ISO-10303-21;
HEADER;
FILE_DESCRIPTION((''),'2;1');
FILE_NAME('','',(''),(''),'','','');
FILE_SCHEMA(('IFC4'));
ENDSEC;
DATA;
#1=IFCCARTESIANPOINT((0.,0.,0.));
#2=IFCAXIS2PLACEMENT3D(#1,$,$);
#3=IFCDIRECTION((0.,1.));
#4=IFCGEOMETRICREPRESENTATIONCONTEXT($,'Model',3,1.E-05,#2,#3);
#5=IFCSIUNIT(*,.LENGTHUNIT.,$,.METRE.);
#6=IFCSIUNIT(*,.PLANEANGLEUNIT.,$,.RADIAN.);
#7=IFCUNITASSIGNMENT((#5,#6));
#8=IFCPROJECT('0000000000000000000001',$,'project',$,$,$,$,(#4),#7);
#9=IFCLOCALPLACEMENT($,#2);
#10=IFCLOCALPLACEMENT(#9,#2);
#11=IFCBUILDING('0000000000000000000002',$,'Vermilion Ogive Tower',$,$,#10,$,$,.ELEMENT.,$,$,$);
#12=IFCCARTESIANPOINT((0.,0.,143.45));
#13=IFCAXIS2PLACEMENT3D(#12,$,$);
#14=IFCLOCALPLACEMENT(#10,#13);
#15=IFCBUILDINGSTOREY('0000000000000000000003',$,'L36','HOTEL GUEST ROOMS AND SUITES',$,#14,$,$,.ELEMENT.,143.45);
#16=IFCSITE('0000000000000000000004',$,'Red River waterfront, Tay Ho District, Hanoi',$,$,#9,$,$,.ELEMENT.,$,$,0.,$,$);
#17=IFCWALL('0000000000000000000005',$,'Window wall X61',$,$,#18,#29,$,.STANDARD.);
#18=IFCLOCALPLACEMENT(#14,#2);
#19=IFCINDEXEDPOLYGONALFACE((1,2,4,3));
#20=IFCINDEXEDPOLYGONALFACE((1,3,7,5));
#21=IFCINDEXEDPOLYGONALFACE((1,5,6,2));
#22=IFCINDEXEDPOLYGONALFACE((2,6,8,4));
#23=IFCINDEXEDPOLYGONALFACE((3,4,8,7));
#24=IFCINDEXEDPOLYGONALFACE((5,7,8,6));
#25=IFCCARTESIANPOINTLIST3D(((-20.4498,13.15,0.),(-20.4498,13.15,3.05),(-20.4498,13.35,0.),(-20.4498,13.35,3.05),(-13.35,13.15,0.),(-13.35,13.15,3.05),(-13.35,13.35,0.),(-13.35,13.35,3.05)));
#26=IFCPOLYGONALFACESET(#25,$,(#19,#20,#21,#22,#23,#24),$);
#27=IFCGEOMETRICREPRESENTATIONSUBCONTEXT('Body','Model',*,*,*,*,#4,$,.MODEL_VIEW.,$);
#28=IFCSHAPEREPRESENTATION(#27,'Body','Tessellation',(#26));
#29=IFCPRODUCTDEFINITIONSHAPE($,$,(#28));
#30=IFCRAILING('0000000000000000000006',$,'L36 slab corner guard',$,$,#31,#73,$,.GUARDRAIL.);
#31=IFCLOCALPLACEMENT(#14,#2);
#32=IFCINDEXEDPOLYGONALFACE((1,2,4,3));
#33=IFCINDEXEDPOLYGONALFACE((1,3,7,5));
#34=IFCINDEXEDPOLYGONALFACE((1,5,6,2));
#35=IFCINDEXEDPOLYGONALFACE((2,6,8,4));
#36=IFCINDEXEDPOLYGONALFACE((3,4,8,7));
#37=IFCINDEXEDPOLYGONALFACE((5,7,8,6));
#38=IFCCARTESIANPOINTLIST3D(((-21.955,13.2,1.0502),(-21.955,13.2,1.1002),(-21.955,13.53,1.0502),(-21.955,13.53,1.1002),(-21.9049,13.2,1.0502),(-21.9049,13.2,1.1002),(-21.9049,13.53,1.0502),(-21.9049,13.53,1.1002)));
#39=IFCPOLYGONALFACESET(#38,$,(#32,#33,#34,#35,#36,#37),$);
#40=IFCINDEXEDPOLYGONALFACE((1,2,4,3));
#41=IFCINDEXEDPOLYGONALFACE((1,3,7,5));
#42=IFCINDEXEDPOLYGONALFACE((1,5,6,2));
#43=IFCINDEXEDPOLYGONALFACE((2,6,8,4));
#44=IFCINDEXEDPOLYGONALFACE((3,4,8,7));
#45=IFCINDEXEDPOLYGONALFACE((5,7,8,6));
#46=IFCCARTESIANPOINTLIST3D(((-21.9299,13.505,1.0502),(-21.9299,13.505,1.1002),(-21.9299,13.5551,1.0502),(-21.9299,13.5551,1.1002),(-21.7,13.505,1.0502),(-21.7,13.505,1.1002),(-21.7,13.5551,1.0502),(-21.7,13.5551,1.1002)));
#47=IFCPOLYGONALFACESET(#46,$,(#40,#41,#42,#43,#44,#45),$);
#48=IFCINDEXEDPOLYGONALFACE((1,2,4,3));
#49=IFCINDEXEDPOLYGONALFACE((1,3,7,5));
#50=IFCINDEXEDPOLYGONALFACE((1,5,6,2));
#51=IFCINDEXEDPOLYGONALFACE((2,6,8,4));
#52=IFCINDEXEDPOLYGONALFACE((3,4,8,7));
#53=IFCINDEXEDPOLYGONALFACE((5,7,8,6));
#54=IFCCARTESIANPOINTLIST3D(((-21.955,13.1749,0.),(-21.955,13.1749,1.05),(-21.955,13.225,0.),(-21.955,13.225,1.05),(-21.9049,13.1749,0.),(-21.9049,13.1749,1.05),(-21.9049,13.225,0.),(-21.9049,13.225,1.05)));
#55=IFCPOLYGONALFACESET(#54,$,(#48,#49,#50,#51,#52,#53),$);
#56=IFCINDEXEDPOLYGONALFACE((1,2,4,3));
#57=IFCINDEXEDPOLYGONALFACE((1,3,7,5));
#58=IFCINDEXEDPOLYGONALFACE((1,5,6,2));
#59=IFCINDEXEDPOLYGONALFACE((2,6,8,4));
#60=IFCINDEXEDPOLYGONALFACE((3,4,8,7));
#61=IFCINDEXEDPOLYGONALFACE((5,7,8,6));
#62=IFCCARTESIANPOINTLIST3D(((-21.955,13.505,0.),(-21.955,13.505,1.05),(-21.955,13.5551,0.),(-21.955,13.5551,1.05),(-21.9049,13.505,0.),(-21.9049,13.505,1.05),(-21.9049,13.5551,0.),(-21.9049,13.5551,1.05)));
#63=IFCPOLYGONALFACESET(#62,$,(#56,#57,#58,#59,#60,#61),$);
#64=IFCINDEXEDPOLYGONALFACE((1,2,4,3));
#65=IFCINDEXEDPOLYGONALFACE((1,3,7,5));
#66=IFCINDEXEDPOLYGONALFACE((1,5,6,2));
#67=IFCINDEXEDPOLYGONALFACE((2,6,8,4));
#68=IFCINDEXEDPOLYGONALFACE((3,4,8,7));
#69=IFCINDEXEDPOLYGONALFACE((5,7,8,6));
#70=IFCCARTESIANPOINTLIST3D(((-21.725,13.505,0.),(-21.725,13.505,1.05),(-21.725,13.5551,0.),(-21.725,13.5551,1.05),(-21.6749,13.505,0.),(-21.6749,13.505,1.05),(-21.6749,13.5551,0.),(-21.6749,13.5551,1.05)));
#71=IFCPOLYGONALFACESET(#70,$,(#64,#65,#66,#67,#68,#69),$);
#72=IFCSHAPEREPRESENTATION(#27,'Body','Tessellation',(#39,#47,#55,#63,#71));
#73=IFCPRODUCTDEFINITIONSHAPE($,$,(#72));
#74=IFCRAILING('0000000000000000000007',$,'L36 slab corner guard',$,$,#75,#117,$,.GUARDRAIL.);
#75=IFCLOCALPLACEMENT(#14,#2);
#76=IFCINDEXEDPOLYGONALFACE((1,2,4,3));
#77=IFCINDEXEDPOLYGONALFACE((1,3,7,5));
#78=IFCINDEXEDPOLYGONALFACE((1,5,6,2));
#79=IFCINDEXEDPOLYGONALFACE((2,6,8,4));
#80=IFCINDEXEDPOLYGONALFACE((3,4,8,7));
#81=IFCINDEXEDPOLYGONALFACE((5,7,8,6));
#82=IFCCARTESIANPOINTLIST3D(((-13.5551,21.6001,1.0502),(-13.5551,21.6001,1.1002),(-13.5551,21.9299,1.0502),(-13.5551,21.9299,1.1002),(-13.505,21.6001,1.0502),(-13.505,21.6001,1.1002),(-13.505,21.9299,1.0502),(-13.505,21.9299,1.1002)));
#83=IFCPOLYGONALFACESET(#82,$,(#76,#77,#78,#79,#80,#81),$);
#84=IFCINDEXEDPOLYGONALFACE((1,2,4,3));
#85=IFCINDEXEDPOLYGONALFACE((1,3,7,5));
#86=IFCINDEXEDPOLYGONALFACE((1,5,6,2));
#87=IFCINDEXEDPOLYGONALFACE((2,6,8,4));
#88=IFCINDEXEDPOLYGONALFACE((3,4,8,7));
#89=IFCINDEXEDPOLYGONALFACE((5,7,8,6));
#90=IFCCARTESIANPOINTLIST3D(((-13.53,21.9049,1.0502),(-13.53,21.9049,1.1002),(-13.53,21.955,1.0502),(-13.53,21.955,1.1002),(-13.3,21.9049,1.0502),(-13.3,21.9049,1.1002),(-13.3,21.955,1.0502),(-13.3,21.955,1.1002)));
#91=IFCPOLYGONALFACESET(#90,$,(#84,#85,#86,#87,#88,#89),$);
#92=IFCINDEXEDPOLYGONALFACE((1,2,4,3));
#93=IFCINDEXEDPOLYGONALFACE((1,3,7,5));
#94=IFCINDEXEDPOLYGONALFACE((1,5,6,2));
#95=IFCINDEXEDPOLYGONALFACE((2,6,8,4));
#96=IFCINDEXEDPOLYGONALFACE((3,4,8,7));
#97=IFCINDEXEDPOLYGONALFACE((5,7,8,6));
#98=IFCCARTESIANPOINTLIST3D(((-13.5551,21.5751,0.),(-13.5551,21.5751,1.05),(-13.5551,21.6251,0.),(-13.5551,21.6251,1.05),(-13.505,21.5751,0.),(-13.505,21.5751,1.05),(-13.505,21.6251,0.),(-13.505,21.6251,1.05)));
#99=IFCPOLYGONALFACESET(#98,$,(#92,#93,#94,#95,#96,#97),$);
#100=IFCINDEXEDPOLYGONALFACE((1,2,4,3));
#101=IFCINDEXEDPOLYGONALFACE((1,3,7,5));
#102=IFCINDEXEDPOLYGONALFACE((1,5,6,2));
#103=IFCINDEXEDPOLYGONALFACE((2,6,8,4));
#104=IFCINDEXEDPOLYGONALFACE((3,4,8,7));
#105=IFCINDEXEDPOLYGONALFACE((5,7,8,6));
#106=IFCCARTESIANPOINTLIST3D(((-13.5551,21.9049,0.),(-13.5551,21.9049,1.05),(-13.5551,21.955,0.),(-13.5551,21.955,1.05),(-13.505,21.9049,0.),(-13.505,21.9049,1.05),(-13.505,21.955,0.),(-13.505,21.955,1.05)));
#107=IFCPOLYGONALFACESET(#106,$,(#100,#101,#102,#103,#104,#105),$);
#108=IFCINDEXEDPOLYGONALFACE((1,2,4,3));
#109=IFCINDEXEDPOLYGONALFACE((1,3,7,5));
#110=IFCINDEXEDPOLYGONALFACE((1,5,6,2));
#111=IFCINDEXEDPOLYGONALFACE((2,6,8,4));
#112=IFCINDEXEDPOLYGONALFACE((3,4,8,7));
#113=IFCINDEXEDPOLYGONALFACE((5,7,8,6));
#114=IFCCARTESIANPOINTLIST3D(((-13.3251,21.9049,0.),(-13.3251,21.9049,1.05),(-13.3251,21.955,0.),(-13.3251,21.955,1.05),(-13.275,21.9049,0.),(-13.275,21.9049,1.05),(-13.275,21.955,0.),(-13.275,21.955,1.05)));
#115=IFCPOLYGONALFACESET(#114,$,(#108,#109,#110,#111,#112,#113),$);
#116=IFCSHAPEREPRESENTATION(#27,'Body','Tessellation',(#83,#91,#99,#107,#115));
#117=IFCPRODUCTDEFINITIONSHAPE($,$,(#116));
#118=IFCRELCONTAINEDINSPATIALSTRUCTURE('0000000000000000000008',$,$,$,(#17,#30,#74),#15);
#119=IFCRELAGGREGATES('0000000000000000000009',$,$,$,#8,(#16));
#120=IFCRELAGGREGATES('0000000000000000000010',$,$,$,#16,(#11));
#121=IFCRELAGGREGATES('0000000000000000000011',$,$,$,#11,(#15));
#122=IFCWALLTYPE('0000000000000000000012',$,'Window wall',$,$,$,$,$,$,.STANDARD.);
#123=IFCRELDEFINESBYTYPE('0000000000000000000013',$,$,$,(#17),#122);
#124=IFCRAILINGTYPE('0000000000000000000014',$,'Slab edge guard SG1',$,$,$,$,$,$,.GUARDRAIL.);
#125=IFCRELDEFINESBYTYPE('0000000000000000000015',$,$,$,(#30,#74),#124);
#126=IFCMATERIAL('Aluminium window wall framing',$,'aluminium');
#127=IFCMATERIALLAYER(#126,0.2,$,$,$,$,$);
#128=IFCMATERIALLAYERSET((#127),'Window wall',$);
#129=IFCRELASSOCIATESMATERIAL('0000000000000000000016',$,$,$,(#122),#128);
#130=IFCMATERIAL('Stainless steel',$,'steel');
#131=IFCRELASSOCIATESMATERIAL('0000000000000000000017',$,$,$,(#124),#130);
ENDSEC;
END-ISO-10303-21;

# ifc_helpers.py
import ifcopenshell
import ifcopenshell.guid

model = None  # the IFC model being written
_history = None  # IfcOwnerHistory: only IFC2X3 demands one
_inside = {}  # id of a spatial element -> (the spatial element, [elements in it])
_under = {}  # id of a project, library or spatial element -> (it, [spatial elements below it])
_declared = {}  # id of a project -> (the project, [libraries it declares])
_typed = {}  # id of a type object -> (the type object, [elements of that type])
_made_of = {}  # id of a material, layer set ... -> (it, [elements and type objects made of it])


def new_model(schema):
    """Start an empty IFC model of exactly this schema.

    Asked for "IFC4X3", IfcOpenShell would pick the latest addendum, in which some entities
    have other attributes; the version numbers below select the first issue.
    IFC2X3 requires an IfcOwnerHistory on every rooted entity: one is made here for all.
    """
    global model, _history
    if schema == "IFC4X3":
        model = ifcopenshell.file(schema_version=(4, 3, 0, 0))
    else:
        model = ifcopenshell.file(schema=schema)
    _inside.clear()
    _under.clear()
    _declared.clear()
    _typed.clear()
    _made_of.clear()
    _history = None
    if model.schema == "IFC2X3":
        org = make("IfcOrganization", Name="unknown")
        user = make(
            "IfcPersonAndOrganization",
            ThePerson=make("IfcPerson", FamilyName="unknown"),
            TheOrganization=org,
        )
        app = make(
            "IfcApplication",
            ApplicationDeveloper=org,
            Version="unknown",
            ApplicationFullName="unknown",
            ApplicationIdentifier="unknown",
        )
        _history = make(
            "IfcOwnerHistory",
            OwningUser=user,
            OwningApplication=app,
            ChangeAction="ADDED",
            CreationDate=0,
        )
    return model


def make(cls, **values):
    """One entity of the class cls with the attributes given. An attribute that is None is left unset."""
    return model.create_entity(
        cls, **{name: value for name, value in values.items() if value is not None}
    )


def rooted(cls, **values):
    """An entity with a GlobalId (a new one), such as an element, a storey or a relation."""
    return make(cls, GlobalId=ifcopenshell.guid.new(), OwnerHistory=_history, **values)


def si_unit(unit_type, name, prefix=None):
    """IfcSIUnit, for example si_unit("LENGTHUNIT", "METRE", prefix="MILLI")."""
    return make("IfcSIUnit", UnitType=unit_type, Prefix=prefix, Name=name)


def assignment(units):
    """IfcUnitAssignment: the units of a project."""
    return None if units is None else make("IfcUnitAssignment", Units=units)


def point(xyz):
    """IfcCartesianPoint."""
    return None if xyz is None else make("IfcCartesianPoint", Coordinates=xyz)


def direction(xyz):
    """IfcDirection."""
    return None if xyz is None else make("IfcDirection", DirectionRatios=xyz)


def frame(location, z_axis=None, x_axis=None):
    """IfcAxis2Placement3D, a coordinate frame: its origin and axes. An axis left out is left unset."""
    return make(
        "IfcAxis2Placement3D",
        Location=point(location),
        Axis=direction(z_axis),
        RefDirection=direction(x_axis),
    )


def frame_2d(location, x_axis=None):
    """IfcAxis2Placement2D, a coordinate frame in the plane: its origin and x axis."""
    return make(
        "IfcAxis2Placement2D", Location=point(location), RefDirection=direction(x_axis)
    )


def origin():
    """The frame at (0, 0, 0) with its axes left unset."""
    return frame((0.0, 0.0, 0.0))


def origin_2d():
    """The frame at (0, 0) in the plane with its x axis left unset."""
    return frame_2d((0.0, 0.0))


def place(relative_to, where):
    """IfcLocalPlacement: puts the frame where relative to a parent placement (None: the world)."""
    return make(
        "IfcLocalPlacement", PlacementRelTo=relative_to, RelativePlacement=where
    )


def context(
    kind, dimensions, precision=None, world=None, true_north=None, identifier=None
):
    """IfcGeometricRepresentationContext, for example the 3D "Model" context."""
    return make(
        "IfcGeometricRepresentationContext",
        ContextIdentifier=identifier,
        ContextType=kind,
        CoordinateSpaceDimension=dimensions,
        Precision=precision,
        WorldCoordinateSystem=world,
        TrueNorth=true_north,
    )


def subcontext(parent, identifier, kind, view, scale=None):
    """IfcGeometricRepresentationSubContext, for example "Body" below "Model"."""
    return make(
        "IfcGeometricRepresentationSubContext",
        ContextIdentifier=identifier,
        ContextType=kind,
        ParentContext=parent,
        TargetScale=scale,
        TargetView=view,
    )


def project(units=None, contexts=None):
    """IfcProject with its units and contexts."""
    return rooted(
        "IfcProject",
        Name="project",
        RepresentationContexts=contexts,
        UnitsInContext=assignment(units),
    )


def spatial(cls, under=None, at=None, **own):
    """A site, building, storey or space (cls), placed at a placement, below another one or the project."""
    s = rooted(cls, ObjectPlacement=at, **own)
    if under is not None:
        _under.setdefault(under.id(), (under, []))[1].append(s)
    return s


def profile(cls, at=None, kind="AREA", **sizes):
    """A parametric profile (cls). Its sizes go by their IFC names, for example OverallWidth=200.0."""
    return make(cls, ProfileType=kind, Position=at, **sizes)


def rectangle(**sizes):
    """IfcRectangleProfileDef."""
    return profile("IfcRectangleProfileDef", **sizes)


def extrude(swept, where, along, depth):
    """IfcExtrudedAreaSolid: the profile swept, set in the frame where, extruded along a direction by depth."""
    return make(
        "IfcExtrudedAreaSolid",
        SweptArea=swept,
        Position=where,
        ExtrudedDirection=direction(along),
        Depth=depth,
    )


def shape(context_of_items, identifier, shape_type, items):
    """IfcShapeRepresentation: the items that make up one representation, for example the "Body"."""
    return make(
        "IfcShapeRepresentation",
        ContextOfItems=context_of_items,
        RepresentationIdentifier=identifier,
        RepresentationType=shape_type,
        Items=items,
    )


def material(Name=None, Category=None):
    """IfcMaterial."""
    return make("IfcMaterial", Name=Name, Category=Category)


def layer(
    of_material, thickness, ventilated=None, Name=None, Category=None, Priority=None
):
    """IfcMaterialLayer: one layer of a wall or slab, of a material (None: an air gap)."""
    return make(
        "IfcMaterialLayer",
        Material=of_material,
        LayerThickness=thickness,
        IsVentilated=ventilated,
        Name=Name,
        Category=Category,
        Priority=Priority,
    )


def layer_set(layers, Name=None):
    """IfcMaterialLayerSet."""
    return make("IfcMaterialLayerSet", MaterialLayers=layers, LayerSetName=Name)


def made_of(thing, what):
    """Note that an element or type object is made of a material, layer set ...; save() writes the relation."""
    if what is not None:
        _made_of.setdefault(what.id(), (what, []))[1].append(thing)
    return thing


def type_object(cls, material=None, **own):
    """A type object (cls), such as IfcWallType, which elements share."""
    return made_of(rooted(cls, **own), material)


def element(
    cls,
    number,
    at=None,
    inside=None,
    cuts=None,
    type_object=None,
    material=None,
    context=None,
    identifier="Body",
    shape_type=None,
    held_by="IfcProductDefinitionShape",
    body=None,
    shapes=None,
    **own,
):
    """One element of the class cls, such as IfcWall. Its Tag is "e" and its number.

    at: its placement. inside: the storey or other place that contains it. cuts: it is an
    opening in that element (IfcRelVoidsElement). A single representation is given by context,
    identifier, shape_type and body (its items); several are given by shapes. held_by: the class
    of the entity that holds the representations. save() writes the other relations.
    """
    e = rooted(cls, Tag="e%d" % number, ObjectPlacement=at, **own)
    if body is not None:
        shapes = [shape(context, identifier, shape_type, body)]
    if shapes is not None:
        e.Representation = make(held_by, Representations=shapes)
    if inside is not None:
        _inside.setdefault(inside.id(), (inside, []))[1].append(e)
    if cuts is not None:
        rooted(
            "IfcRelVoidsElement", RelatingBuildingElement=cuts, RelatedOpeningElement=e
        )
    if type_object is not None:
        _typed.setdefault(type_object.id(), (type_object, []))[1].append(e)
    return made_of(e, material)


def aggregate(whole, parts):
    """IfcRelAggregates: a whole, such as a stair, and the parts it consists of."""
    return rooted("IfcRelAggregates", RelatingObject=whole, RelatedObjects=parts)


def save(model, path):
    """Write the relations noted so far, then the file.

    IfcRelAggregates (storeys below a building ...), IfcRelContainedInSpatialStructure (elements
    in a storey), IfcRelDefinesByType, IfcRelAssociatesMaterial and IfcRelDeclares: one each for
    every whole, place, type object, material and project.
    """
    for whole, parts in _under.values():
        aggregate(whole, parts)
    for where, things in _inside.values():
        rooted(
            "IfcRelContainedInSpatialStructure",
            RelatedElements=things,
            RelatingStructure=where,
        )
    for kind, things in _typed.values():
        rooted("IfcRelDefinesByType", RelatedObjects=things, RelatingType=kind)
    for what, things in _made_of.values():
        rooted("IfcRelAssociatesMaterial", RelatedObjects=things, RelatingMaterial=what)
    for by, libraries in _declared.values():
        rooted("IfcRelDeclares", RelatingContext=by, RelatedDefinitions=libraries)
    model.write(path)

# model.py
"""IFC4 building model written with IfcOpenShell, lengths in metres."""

from ifc_helpers import new_model, si_unit, direction, frame, frame_2d, origin, origin_2d, place, context, subcontext, project, spatial, rectangle, extrude, material, layer, layer_set, type_object, element, save


model = new_model("IFC4")

# Units and contexts
model_context = context("Model", 3, precision=1e-05, world=origin(), true_north=direction((0.0, 1.0)))
body_context = subcontext(model_context, "Body", "Model", "MODEL_VIEW")
ifc_project = project(units=[si_unit("LENGTHUNIT", "METRE"), si_unit("PLANEANGLEUNIT", "RADIAN")], contexts=[model_context])

# Site, building, storey
site_placement = place(None, origin())
site = spatial("IfcSite", under=ifc_project, at=site_placement, Name="Red River waterfront, Tay Ho District, Hanoi", CompositionType="ELEMENT", RefElevation=0.0)
building_placement = place(site_placement, origin())
building = spatial("IfcBuilding", under=site, at=building_placement, Name="Vermilion Ogive Tower", CompositionType="ELEMENT")
storey_placement = place(building_placement, frame((0.0, 0.0, 143.45)))
storey = spatial("IfcBuildingStorey", under=building, at=storey_placement, Name="L36", Description="HOTEL GUEST ROOMS AND SUITES", CompositionType="ELEMENT", Elevation=143.45)

# Shared definitions
ifc_material_1 = material(Name="Aluminium window wall framing", Category="aluminium")
ifc_layer_1 = layer(ifc_material_1, 0.2)
ifc_layer_set_1 = layer_set([ifc_layer_1], Name="Window wall")
wall_type_1 = type_object("IfcWallType", Name="Window wall", PredefinedType="STANDARD", material=ifc_layer_set_1)

# Wall
wall_1_placement = place(storey_placement, frame((-13.3501, 13.25, 0.0), z_axis=(0.0, 0.0, 1.0), x_axis=(-1.0, 0.0, 0.0)))
element("IfcWall", 1, at=wall_1_placement, inside=storey, type_object=wall_type_1, Name="Window wall X61", PredefinedType="STANDARD", context=body_context, shape_type="SweptSolid", body=[
    extrude(rectangle(XDim=7.0999, YDim=0.2, at=frame_2d((3.5498, 0.0))), origin(), (0.0, 0.0, 1.0), 3.05),
])

# Railings
ifc_material_2 = material(Name="Stainless steel", Category="steel")
railing_type = type_object("IfcRailingType", Name="Slab edge guard SG1", PredefinedType="GUARDRAIL", material=ifc_material_2)
railing_1_placement = place(storey_placement, frame((-21.9299, 13.2, 0.0)))
element("IfcRailing", 2, at=railing_1_placement, inside=storey, type_object=railing_type, Name="L36 slab corner guard", PredefinedType="GUARDRAIL", context=body_context, shape_type="SweptSolid", body=[
    extrude(rectangle(XDim=0.05, YDim=0.05, at=origin_2d()), frame((0.0, 0.0, 1.0752), z_axis=(0.0, 1.0, 0.0), x_axis=(-1.0, 0.0, 0.0)), (0.0, 0.0, 1.0), 0.3301),
    extrude(rectangle(XDim=0.05, YDim=0.05, at=origin_2d()), frame((0.0, 0.3301, 1.0752), z_axis=(1.0, 0.0, 0.0), x_axis=(0.0, 1.0, 0.0)), (0.0, 0.0, 1.0), 0.23),
    extrude(rectangle(XDim=0.05, YDim=0.05, at=origin_2d()), origin(), (0.0, 0.0, 1.0), 1.05),
    extrude(rectangle(XDim=0.05, YDim=0.05, at=origin_2d()), frame((0.0, 0.3301, 0.0)), (0.0, 0.0, 1.0), 1.05),
    extrude(rectangle(XDim=0.05, YDim=0.05, at=origin_2d()), frame((0.23, 0.3301, 0.0)), (0.0, 0.0, 1.0), 1.05),
])
railing_2_placement = place(storey_placement, frame((-13.53, 21.6001, 0.0)))
element("IfcRailing", 3, at=railing_2_placement, inside=storey, type_object=railing_type, Name="L36 slab corner guard", PredefinedType="GUARDRAIL", context=body_context, shape_type="SweptSolid", body=[
    extrude(rectangle(XDim=0.05, YDim=0.05, at=origin_2d()), frame((0.0, 0.0, 1.0752), z_axis=(0.0, 1.0, 0.0), x_axis=(-1.0, 0.0, 0.0)), (0.0, 0.0, 1.0), 0.3298),
    extrude(rectangle(XDim=0.05, YDim=0.05, at=origin_2d()), frame((0.0, 0.3298, 1.0752), z_axis=(1.0, 0.0, 0.0), x_axis=(0.0, 1.0, 0.0)), (0.0, 0.0, 1.0), 0.23),
    extrude(rectangle(XDim=0.05, YDim=0.05, at=origin_2d()), origin(), (0.0, 0.0, 1.0), 1.05),
    extrude(rectangle(XDim=0.05, YDim=0.05, at=origin_2d()), frame((0.0, 0.3298, 0.0)), (0.0, 0.0, 1.0), 1.05),
    extrude(rectangle(XDim=0.05, YDim=0.05, at=origin_2d()), frame((0.23, 0.3298, 0.0)), (0.0, 0.0, 1.0), 1.05),
])

save(model, "model.ifc")
